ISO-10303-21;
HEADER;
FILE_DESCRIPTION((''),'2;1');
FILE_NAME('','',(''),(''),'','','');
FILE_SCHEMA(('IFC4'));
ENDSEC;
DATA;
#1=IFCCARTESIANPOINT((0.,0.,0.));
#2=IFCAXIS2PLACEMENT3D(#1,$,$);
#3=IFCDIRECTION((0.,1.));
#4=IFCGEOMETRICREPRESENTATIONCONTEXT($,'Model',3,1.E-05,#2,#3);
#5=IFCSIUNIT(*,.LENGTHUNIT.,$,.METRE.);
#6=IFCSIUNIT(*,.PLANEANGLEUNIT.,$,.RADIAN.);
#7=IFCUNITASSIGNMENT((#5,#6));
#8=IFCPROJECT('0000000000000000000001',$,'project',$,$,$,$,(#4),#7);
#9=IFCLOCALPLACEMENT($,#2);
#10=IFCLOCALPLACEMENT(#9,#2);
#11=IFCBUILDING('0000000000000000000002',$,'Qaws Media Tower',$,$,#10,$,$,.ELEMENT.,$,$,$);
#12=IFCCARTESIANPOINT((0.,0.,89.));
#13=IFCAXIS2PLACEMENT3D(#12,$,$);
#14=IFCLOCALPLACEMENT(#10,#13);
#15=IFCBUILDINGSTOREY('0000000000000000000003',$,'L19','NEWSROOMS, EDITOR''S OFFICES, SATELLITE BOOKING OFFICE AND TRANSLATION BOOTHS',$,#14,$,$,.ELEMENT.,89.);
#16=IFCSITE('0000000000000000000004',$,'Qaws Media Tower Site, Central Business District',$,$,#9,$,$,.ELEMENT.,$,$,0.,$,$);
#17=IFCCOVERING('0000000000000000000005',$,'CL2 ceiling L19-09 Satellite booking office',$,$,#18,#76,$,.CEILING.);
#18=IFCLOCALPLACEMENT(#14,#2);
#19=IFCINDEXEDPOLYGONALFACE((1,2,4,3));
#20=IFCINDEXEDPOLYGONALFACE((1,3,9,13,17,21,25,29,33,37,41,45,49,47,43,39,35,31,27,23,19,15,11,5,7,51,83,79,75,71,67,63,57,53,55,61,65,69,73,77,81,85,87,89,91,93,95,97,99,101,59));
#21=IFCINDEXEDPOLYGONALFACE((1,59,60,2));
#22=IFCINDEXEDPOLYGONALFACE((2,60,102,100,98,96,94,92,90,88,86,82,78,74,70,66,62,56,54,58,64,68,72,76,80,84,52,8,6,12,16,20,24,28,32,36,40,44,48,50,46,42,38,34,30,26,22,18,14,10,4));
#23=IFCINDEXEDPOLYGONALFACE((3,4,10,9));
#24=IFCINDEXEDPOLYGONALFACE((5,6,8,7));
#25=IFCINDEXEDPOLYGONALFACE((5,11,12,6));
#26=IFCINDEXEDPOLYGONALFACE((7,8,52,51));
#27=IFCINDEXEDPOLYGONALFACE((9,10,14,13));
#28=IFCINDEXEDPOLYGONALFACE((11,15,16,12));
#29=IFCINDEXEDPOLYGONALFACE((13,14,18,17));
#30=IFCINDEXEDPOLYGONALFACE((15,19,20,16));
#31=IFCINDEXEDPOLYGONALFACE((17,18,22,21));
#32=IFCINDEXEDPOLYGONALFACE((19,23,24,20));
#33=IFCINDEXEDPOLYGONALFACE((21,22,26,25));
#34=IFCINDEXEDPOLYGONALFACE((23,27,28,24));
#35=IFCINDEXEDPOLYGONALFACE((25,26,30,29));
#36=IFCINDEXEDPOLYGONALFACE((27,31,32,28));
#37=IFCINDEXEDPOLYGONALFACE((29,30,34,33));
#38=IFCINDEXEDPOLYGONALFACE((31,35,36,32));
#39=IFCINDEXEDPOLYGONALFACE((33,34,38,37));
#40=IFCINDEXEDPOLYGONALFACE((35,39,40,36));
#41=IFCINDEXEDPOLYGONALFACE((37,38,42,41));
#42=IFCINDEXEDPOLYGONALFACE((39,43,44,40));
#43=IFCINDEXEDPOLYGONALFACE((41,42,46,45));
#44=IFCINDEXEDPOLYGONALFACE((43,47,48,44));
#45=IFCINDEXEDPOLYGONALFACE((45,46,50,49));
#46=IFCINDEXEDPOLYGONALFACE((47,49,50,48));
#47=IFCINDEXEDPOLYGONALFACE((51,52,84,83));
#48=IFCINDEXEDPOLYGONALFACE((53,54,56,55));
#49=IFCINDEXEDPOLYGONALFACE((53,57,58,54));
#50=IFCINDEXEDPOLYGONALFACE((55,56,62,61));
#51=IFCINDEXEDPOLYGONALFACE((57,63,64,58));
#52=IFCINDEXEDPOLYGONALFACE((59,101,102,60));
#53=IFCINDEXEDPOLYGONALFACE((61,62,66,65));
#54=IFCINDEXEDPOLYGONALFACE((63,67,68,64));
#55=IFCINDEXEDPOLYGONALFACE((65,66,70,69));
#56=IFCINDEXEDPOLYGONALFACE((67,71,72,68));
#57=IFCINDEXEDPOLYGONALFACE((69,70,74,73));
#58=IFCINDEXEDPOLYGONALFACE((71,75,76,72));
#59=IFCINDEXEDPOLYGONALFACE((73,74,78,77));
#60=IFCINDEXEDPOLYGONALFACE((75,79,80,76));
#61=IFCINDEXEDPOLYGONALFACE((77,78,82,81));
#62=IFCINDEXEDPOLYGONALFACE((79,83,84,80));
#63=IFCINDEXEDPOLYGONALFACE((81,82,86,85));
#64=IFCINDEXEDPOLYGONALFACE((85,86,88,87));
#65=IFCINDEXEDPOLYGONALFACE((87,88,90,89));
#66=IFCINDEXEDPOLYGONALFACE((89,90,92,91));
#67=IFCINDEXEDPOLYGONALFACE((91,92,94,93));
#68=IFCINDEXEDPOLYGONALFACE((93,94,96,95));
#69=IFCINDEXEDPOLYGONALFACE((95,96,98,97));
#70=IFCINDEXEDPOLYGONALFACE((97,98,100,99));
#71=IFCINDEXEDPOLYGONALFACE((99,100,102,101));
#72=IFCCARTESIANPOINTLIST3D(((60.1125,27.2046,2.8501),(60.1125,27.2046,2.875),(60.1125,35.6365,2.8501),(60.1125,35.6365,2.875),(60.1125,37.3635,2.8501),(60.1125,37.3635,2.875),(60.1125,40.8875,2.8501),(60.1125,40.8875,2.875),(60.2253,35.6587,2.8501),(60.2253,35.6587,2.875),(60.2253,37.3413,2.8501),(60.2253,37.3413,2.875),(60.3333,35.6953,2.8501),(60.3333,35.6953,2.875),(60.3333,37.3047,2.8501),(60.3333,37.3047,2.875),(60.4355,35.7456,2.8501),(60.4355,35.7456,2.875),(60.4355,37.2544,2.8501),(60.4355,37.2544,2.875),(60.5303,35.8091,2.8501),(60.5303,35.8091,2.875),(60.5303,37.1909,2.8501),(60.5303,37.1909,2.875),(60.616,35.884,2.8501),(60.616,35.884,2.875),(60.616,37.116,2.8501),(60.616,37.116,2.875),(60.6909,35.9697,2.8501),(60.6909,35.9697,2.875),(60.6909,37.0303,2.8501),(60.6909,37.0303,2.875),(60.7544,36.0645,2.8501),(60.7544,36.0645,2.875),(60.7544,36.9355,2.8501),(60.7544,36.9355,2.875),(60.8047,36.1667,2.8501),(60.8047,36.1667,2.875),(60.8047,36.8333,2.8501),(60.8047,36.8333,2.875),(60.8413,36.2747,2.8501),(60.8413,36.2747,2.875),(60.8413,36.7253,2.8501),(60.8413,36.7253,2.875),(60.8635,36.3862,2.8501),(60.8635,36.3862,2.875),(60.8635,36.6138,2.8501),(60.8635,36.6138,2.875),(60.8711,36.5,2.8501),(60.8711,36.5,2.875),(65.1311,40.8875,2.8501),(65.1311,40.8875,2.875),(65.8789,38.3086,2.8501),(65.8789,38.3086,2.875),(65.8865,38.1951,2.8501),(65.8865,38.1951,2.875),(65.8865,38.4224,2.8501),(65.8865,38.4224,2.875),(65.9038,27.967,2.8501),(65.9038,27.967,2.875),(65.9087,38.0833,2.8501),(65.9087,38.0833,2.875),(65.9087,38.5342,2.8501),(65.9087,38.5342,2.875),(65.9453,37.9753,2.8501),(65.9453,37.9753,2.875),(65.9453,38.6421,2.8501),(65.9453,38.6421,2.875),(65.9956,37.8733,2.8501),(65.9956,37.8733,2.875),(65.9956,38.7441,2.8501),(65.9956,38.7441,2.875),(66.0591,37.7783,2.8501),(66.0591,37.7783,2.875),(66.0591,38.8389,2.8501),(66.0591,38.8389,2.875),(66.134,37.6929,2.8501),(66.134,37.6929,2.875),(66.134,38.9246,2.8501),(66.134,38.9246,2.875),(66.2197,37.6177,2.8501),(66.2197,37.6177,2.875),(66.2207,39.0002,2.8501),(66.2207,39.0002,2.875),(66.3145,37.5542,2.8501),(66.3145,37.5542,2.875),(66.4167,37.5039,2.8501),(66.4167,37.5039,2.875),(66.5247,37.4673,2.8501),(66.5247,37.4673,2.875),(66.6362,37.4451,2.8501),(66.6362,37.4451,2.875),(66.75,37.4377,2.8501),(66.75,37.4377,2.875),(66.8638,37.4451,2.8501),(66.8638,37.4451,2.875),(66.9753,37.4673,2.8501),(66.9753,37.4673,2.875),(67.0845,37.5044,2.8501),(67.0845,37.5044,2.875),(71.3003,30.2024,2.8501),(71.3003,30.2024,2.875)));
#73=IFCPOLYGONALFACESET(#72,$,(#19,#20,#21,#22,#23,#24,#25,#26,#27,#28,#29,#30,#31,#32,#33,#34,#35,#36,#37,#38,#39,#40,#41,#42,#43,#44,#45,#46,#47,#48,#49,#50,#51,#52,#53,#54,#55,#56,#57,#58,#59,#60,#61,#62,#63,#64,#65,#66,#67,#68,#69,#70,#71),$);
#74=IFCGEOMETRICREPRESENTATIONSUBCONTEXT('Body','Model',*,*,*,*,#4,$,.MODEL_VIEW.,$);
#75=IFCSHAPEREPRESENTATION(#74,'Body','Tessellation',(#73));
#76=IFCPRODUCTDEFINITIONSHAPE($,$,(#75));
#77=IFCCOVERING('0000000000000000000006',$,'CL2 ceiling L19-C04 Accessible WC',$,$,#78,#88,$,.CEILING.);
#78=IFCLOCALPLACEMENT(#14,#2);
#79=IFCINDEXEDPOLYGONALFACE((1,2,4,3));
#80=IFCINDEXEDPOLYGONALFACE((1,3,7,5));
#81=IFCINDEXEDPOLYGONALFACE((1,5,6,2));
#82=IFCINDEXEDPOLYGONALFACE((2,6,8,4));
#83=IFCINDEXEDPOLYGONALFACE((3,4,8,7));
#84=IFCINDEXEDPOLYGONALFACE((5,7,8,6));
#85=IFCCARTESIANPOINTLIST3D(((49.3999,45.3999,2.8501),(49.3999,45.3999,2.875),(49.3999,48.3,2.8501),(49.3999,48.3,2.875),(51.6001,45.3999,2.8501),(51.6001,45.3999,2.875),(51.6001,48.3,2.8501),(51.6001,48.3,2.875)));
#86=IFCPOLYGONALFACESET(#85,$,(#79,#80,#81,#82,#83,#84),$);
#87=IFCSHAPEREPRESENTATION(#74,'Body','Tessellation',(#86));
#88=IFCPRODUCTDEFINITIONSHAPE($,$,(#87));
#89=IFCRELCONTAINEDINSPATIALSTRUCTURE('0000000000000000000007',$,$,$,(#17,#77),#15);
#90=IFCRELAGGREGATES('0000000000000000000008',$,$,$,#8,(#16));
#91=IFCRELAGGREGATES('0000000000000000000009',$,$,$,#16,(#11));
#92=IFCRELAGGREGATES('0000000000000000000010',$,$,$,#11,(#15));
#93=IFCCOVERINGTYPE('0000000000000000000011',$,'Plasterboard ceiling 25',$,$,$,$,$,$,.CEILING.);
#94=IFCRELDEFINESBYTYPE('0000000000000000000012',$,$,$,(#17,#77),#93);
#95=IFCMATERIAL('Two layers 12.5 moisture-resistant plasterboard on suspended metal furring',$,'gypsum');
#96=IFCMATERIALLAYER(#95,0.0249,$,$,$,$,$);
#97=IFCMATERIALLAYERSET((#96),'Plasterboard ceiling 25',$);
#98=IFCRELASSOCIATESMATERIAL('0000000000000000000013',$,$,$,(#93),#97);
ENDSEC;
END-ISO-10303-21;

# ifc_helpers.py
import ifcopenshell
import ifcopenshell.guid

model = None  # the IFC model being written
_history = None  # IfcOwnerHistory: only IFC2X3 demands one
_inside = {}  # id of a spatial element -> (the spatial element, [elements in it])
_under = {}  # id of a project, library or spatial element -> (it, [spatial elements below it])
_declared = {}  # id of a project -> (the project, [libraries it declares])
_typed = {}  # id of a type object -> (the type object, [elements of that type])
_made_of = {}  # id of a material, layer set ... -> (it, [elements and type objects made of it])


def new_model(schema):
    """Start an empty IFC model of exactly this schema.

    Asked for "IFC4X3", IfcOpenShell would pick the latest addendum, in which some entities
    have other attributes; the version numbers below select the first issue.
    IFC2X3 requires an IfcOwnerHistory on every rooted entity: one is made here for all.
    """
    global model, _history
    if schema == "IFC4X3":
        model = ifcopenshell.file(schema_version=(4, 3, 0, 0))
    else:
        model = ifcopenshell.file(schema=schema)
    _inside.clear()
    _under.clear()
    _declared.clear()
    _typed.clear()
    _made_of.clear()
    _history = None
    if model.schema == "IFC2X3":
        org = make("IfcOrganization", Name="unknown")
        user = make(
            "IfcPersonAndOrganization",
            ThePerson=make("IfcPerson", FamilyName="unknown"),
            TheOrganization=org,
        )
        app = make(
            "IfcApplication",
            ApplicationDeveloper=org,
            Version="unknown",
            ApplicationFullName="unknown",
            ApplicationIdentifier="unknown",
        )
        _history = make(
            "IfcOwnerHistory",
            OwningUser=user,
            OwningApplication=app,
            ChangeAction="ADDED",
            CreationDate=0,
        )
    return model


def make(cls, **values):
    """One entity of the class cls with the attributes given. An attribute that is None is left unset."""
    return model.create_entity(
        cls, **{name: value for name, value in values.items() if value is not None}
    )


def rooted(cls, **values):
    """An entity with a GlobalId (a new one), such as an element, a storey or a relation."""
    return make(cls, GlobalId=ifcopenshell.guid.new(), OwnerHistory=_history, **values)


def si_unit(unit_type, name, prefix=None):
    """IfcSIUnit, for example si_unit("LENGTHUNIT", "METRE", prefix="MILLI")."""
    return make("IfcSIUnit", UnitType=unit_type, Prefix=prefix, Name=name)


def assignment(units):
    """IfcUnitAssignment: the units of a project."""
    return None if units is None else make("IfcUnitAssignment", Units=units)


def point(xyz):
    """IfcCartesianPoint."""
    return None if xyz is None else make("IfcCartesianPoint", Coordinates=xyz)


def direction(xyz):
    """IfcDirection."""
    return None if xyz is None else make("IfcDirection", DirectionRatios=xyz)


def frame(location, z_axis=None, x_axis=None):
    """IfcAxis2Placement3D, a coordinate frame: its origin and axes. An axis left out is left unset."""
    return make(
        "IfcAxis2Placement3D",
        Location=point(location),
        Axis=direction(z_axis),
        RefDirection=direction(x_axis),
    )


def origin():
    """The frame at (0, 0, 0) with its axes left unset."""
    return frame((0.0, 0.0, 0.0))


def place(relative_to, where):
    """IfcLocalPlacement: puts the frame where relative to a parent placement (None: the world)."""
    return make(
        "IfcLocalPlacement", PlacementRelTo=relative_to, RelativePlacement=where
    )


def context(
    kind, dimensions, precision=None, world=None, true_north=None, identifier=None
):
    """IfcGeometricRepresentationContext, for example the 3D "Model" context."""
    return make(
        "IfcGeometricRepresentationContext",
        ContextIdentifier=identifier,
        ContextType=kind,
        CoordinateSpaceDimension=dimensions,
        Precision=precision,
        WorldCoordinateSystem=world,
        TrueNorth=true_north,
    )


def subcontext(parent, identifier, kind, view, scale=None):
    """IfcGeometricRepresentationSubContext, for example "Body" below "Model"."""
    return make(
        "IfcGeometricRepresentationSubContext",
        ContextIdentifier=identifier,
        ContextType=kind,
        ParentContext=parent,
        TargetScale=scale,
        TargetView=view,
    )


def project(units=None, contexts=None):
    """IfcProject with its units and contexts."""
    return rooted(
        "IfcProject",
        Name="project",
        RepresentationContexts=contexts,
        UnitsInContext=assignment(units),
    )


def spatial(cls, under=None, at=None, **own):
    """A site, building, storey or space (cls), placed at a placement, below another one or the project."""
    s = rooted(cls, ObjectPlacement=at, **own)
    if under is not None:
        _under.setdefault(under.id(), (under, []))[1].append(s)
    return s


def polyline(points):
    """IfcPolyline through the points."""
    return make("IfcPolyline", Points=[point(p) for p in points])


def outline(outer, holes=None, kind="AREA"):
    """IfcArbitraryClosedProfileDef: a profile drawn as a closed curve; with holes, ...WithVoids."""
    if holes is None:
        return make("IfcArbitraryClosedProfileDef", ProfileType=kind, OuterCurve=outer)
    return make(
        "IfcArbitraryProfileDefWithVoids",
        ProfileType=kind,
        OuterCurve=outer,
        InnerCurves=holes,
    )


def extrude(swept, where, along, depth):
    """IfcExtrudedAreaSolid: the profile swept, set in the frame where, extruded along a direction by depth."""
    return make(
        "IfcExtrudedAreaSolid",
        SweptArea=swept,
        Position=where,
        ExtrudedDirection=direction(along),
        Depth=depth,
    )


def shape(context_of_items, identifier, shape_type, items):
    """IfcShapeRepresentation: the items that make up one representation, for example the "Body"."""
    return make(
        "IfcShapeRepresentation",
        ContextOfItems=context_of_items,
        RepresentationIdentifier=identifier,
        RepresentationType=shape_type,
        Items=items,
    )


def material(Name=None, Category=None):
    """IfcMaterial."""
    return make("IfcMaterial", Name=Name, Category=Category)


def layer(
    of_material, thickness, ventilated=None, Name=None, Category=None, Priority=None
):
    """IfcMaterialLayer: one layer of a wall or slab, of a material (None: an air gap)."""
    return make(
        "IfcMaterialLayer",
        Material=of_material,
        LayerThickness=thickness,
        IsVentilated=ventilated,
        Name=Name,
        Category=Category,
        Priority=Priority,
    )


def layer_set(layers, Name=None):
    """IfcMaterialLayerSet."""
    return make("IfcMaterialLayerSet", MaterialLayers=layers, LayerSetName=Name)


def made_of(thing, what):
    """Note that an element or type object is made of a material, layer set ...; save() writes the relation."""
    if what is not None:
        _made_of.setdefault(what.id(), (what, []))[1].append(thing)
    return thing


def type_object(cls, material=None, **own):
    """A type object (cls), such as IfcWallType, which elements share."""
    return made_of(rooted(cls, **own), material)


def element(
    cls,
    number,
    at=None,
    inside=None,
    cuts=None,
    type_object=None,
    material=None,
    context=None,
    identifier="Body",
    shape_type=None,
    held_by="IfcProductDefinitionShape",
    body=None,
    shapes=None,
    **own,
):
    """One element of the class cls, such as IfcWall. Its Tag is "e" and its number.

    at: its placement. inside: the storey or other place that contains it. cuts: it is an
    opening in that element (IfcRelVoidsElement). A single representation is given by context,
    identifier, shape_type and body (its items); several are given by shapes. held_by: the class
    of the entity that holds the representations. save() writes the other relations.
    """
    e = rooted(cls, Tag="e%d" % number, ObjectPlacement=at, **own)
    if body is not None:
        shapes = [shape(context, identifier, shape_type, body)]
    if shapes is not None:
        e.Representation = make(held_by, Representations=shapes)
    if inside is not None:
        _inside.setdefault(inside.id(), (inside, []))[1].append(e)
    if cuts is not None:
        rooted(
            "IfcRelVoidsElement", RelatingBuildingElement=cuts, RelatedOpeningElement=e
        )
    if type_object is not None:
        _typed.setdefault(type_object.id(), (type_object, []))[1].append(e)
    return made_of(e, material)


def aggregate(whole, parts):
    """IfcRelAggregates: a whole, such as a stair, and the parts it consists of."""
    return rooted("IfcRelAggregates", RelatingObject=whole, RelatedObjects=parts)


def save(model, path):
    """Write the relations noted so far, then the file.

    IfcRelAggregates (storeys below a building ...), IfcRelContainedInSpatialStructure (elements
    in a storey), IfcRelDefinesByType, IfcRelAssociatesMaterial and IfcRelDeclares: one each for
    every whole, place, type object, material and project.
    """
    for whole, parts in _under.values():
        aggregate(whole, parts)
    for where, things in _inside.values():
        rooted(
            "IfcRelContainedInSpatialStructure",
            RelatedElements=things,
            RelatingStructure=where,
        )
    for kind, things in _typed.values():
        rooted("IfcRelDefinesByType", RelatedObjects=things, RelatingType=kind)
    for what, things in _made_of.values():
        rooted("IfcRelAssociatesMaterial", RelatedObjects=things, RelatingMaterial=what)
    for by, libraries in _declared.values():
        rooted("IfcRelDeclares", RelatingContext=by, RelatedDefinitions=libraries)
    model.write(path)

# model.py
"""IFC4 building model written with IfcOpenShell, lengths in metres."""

from ifc_helpers import new_model, si_unit, direction, frame, origin, place, context, subcontext, project, spatial, polyline, outline, extrude, material, layer, layer_set, type_object, element, save


model = new_model("IFC4")

# Units and contexts
model_context = context("Model", 3, precision=1e-05, world=origin(), true_north=direction((0.0, 1.0)))
body_context = subcontext(model_context, "Body", "Model", "MODEL_VIEW")
ifc_project = project(units=[si_unit("LENGTHUNIT", "METRE"), si_unit("PLANEANGLEUNIT", "RADIAN")], contexts=[model_context])

# Site, building, storey
site_placement = place(None, origin())
site = spatial("IfcSite", under=ifc_project, at=site_placement, Name="Qaws Media Tower Site, Central Business District", CompositionType="ELEMENT", RefElevation=0.0)
building_placement = place(site_placement, origin())
building = spatial("IfcBuilding", under=site, at=building_placement, Name="Qaws Media Tower", CompositionType="ELEMENT")
storey_placement = place(building_placement, frame((0.0, 0.0, 89.0)))
storey = spatial("IfcBuildingStorey", under=building, at=storey_placement, Name="L19", Description="NEWSROOMS, EDITOR'S OFFICES, SATELLITE BOOKING OFFICE AND TRANSLATION BOOTHS", CompositionType="ELEMENT", Elevation=89.0)

# Coverings
ifc_material_1 = material(Name="Two layers 12.5 moisture-resistant plasterboard on suspended metal furring", Category="gypsum")
ifc_layer_1 = layer(ifc_material_1, 0.0249)
ifc_layer_set_1 = layer_set([ifc_layer_1], Name="Plasterboard ceiling 25")
covering_type_1 = type_object("IfcCoveringType", Name="Plasterboard ceiling 25", PredefinedType="CEILING", material=ifc_layer_set_1)
covering_1_placement = place(storey_placement, frame((0.0, 0.0, 2.8501)))
element("IfcCovering", 1, at=covering_1_placement, inside=storey, type_object=covering_type_1, Name="CL2 ceiling L19-09 Satellite booking office", PredefinedType="CEILING", context=body_context, shape_type="SweptSolid", body=[
    extrude(outline(polyline([(65.9038, 27.967), (60.1125, 27.2046), (60.1125, 35.6365), (60.2253, 35.6587), (60.3333, 35.6953), (60.4355, 35.7456), (60.5303, 35.8091), (60.616, 35.884), (60.6909, 35.9697), (60.7544, 36.0645), (60.8047, 36.1667), (60.8413, 36.2747), (60.8635, 36.3862), (60.8711, 36.5), (60.8635, 36.6138), (60.8413, 36.7253), (60.8047, 36.8333), (60.7544, 36.9355), (60.6909, 37.0303), (60.616, 37.116), (60.5303, 37.1909), (60.4355, 37.2544), (60.3333, 37.3047), (60.2253, 37.3413), (60.1125, 37.3635), (60.1125, 40.8875), (65.1311, 40.8875), (66.2207, 39.0002), (66.134, 38.9246), (66.0591, 38.8389), (65.9956, 38.7441), (65.9453, 38.6421), (65.9087, 38.5342), (65.8865, 38.4224), (65.8789, 38.3086), (65.8865, 38.1951), (65.9087, 38.0833), (65.9453, 37.9753), (65.9956, 37.8733), (66.0591, 37.7783), (66.134, 37.6929), (66.2197, 37.6177), (66.3145, 37.5542), (66.4167, 37.5039), (66.5247, 37.4673), (66.6362, 37.4451), (66.75, 37.4377), (66.8638, 37.4451), (66.9753, 37.4673), (67.0845, 37.5044), (71.3003, 30.2024), (65.9038, 27.967)])), origin(), (0.0, 0.0, 1.0), 0.0249),
])
covering_2_placement = place(storey_placement, frame((0.0, 0.0, 2.8501)))
element("IfcCovering", 2, at=covering_2_placement, inside=storey, type_object=covering_type_1, Name="CL2 ceiling L19-C04 Accessible WC", PredefinedType="CEILING", context=body_context, shape_type="SweptSolid", body=[
    extrude(outline(polyline([(49.3999, 45.3999), (49.3999, 48.3), (51.6001, 48.3), (51.6001, 45.3999), (49.3999, 45.3999)])), origin(), (0.0, 0.0, 1.0), 0.0249),
])

save(model, "model.ifc")
